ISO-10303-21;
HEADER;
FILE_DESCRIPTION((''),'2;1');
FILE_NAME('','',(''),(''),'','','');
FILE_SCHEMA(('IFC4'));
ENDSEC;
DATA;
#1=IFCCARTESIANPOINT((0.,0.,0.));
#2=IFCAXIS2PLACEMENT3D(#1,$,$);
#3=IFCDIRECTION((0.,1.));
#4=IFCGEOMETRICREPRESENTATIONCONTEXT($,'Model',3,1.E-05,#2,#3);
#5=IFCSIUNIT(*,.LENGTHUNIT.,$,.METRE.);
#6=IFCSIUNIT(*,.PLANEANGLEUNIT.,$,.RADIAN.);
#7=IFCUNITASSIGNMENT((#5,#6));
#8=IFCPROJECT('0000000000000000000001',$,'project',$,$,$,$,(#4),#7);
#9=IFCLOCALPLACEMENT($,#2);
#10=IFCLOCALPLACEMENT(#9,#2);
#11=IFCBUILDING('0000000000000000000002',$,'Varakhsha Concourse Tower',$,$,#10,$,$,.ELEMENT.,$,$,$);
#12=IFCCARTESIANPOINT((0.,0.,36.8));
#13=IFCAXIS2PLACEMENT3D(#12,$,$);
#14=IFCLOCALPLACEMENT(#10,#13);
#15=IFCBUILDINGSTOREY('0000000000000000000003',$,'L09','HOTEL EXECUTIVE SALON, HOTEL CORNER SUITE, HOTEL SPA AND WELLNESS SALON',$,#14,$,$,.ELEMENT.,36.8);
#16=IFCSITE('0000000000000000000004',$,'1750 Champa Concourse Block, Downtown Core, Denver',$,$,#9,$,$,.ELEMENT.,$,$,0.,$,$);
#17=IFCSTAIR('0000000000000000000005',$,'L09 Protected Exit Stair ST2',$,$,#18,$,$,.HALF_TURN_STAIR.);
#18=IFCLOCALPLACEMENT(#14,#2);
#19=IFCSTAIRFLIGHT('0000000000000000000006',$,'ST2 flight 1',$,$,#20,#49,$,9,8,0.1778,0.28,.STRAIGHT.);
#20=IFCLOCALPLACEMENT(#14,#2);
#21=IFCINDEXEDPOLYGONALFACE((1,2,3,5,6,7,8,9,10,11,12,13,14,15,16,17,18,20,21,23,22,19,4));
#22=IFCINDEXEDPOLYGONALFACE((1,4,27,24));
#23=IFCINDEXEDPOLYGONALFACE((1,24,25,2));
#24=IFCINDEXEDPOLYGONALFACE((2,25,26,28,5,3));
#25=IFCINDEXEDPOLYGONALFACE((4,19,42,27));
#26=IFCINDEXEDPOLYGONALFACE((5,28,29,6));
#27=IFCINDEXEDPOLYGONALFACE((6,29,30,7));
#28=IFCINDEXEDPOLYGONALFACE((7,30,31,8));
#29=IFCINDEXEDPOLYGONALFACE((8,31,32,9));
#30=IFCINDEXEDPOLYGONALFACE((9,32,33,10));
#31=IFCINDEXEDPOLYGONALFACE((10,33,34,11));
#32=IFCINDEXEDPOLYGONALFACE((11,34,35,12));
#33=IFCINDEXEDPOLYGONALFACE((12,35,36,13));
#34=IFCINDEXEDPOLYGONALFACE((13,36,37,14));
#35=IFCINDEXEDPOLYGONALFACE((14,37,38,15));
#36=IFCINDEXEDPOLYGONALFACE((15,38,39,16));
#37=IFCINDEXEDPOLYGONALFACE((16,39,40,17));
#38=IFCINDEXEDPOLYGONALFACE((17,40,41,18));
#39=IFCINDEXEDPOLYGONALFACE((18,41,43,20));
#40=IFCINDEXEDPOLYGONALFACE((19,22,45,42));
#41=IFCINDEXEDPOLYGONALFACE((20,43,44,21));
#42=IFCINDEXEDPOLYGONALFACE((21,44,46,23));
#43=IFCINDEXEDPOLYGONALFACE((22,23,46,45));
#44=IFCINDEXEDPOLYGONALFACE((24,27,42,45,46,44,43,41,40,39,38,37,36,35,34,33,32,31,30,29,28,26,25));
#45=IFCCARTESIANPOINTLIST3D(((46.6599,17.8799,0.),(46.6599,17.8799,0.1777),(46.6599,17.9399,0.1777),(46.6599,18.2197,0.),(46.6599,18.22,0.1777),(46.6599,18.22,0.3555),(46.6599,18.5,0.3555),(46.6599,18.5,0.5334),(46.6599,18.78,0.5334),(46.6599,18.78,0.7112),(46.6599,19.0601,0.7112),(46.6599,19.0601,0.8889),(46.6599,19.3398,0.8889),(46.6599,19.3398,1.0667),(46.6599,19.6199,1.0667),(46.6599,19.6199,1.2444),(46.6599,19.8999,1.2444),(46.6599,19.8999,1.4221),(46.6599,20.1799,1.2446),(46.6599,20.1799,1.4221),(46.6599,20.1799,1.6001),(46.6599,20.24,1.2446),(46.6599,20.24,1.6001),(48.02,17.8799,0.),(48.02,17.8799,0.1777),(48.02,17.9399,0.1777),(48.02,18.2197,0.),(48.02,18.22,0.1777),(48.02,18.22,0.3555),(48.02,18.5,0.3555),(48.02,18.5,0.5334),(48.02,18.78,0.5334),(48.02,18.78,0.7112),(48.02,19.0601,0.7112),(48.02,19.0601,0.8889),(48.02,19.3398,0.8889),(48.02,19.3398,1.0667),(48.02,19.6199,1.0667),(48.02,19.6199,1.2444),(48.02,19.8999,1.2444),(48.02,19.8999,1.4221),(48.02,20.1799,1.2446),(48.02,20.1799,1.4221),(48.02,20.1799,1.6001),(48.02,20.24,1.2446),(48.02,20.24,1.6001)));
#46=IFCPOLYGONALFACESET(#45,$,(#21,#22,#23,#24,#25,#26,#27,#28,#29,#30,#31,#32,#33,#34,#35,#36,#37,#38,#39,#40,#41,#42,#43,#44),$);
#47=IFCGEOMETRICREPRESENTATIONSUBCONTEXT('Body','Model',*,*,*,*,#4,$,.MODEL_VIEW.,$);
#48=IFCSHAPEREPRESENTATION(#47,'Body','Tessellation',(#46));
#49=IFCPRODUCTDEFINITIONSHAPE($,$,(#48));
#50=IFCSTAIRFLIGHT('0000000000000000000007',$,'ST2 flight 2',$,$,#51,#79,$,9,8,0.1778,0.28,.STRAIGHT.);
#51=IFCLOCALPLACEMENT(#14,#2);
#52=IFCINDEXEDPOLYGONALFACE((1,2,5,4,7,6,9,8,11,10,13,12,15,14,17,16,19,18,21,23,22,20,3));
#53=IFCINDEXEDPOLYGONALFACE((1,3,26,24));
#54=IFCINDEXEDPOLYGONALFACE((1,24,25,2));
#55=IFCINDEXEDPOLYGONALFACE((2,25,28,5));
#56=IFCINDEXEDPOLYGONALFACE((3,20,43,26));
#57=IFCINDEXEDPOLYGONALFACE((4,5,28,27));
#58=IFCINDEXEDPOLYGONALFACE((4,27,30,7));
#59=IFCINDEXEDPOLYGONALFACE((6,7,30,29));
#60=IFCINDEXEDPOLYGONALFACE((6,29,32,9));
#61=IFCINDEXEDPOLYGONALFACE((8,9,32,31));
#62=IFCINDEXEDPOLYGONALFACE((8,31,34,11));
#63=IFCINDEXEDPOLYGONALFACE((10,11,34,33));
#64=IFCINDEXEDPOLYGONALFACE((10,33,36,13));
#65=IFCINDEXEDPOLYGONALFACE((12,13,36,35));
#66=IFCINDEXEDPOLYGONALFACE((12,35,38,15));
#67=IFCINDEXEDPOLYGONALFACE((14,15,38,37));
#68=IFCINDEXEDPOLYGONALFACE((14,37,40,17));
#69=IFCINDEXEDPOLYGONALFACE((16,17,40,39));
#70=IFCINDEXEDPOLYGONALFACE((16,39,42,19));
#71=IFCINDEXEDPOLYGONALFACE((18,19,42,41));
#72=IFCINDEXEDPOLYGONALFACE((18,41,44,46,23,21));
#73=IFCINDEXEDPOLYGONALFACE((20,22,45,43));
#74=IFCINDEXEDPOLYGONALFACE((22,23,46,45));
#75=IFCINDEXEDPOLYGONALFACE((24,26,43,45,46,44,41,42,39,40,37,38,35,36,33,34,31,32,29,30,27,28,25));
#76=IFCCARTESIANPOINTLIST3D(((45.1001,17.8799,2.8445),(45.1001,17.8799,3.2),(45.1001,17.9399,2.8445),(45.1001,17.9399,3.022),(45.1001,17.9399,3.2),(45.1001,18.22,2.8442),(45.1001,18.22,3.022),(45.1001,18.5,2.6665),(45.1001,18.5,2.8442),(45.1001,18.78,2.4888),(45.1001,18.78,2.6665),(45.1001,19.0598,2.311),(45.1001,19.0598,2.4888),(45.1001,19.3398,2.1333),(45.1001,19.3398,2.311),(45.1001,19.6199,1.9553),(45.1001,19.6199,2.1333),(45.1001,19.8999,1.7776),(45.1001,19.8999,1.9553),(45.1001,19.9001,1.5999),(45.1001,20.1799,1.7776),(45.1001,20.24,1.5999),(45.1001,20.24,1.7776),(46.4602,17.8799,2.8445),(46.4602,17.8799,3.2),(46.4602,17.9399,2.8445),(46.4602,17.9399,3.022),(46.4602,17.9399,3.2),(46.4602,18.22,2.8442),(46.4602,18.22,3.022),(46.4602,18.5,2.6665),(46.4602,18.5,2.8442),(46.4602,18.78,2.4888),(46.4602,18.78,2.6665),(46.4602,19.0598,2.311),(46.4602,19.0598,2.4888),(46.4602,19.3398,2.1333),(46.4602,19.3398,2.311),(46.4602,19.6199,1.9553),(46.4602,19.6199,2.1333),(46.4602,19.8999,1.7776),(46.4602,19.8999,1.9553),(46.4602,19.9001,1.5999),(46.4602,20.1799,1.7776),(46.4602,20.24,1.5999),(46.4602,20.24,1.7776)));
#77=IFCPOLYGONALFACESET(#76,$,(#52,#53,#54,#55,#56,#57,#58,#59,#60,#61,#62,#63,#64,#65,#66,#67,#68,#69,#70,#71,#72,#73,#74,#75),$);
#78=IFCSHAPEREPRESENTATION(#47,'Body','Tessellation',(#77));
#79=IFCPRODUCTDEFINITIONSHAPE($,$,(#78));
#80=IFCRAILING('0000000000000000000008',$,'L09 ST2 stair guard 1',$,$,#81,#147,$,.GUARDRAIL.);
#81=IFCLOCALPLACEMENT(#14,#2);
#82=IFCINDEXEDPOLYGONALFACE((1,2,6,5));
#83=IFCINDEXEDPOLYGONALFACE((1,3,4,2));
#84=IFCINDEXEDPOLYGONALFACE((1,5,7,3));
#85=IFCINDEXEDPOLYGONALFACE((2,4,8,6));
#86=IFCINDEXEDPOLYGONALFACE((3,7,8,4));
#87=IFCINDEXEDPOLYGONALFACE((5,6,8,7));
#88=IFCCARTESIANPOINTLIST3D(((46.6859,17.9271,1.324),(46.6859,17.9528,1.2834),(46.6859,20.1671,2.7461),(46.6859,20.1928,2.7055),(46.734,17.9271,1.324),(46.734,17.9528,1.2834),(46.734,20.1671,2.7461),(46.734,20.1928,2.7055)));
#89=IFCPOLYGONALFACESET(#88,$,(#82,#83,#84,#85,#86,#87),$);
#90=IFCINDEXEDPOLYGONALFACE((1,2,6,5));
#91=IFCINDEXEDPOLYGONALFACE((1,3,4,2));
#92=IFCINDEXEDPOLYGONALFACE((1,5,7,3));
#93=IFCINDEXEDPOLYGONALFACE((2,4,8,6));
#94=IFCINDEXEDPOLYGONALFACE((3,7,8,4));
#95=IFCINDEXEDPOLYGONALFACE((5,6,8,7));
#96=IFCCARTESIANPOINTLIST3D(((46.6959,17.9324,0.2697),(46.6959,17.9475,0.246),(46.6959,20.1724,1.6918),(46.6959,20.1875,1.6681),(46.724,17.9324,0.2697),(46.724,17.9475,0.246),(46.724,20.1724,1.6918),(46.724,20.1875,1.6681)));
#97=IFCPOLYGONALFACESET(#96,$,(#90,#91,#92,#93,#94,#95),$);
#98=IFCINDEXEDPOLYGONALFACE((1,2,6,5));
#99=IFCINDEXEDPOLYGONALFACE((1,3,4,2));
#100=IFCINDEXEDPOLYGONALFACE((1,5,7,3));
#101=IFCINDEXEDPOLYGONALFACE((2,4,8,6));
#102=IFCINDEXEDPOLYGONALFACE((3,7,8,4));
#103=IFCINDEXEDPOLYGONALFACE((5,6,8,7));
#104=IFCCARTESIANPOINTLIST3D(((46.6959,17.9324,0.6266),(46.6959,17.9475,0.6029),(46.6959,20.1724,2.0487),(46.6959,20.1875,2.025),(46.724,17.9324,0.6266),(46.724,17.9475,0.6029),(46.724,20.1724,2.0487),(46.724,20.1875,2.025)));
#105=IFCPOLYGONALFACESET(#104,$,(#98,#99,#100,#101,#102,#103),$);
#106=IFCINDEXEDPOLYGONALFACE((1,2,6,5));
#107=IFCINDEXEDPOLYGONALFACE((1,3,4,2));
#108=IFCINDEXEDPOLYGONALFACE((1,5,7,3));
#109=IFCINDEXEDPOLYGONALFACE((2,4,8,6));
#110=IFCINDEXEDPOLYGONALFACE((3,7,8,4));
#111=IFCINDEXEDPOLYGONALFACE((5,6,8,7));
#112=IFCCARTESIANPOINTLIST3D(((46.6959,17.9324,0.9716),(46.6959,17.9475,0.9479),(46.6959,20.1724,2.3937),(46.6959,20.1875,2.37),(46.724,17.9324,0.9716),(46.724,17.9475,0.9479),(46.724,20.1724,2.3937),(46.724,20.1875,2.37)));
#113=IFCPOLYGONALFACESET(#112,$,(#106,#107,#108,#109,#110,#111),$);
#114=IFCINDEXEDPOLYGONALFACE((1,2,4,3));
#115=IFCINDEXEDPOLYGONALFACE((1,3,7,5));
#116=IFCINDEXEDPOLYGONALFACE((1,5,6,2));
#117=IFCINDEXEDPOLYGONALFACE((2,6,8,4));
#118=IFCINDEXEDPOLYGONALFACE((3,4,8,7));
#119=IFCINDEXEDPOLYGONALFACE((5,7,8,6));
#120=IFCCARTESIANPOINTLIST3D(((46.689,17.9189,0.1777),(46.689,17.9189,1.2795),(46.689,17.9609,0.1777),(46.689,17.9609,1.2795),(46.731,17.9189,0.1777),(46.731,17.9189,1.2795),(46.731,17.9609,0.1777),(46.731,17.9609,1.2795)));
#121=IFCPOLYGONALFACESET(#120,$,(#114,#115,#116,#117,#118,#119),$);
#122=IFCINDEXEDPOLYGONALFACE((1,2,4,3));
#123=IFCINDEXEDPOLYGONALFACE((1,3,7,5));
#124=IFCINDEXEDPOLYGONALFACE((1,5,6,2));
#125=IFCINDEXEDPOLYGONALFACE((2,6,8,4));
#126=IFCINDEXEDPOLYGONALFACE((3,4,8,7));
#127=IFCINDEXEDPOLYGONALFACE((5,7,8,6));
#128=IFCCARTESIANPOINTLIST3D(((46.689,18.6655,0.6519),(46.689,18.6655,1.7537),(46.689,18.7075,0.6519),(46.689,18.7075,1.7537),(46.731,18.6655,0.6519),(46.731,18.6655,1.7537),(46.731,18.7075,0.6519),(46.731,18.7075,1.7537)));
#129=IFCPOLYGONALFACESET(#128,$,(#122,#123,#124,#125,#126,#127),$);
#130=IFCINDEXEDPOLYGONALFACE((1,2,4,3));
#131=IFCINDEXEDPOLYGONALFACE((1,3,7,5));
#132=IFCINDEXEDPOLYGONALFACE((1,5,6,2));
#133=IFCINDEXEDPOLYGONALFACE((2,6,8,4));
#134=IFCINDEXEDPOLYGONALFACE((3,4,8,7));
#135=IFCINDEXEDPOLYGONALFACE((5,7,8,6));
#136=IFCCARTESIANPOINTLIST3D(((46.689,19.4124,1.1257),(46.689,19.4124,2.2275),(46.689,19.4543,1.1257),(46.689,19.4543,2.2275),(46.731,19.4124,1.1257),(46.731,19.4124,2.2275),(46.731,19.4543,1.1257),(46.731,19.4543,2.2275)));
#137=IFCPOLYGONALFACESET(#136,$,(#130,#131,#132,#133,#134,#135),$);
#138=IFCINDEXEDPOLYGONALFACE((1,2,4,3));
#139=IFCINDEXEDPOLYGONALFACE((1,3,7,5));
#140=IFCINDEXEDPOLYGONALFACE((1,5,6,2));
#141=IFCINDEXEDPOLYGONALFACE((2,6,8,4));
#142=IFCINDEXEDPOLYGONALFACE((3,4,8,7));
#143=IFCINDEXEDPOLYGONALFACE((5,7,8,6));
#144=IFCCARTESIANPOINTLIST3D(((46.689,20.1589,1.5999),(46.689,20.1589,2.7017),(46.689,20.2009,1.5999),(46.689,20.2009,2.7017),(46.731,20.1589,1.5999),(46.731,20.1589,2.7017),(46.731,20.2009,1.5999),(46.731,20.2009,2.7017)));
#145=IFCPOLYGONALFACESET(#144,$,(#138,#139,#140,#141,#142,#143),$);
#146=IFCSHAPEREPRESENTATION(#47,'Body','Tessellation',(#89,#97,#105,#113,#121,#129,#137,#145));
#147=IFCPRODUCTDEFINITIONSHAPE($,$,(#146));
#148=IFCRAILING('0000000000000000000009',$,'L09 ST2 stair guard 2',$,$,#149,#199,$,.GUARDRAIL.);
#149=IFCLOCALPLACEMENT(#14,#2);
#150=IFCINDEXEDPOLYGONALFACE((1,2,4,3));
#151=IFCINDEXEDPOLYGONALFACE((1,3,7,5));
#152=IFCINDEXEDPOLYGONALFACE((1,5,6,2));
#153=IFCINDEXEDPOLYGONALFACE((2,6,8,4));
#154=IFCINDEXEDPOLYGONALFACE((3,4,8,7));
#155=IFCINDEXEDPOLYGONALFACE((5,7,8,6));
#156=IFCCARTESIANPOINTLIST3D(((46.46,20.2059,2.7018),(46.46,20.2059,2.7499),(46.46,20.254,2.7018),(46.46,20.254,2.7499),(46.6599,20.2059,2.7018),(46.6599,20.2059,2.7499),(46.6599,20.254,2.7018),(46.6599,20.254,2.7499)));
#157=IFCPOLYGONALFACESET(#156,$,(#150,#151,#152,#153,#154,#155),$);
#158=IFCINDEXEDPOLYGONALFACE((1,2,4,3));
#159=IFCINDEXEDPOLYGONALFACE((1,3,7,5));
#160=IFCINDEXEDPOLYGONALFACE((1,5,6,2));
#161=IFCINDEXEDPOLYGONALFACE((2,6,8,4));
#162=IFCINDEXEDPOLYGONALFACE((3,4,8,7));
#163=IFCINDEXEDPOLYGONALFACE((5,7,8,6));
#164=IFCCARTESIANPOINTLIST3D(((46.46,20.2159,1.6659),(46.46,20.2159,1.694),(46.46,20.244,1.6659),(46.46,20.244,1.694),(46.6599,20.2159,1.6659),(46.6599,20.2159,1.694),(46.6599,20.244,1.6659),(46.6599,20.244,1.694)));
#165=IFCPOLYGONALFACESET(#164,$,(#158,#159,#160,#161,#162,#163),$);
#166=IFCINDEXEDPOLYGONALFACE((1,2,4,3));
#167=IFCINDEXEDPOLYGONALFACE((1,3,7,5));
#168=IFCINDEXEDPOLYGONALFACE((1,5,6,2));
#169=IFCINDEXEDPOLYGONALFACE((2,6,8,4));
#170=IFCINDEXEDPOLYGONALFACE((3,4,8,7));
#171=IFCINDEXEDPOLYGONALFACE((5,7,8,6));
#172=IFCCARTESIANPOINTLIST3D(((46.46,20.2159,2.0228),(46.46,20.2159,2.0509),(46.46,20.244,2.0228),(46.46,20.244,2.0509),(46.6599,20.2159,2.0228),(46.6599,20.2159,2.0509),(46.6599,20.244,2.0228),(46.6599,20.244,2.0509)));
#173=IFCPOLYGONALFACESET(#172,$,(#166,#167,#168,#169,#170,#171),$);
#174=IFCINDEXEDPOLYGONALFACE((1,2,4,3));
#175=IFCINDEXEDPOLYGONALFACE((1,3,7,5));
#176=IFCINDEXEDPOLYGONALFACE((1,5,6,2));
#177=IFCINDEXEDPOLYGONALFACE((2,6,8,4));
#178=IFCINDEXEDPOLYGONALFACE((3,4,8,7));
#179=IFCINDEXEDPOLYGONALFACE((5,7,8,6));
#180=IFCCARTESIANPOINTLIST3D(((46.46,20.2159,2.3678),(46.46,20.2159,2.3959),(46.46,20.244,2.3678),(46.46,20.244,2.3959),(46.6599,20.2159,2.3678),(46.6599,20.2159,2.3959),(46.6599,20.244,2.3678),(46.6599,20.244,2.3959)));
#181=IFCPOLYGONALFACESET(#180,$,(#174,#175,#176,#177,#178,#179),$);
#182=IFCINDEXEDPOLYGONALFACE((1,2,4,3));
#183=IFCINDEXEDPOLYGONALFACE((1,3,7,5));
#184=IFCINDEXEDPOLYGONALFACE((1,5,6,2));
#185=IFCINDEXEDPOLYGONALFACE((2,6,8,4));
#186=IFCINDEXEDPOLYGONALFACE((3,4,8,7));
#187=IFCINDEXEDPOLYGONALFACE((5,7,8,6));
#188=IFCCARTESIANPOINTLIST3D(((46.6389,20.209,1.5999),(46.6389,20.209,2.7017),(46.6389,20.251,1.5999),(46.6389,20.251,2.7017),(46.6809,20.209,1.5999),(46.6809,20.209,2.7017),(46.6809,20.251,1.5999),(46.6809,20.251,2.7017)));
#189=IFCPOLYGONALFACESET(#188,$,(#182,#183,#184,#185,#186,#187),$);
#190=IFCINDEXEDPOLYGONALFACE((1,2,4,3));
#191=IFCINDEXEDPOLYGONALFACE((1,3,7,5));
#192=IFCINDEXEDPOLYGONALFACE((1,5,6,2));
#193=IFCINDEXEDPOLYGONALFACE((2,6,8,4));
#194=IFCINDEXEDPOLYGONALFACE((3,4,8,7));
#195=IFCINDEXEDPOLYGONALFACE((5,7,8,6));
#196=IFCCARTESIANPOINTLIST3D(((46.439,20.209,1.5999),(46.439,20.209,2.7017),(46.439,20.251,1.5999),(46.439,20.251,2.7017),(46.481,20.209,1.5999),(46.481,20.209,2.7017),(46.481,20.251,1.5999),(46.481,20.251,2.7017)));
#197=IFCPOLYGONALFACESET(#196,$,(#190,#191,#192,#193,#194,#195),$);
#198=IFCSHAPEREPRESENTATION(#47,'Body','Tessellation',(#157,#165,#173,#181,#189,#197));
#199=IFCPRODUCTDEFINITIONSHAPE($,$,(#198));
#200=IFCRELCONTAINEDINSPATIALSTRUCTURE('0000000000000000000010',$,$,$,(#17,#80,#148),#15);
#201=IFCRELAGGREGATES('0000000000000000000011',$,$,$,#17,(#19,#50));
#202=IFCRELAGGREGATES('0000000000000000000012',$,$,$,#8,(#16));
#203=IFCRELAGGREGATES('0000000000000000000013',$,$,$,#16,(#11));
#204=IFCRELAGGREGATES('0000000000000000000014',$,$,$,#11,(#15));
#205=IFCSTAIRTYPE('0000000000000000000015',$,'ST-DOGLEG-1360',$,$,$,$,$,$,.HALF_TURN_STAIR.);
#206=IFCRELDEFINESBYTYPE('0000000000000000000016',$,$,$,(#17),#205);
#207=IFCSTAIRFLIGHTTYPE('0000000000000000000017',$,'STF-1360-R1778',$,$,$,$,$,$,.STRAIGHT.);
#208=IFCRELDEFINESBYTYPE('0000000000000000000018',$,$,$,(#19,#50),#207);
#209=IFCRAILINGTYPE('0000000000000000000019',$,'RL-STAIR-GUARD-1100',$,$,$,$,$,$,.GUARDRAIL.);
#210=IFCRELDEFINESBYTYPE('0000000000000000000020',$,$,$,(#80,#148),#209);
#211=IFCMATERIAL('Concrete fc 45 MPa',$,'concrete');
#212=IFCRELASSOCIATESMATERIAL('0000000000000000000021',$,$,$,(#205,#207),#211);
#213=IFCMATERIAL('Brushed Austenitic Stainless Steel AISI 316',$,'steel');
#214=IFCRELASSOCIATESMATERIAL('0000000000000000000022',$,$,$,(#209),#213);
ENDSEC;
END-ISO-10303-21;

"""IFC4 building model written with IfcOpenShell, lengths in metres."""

from ifc_helpers import new_model, si_unit, direction, frame, origin, origin_2d, place, context, subcontext, project, spatial, polyline, rectangle, outline, extrude, material, type_object, element, aggregate, save


model = new_model("IFC4")

# Units and contexts
model_context = context("Model", 3, precision=1e-05, world=origin(), true_north=direction((0.0, 1.0)))
body_context = subcontext(model_context, "Body", "Model", "MODEL_VIEW")
ifc_project = project(units=[si_unit("LENGTHUNIT", "METRE"), si_unit("PLANEANGLEUNIT", "RADIAN")], contexts=[model_context])

# Site, building, storey
site_placement = place(None, origin())
site = spatial("IfcSite", under=ifc_project, at=site_placement, Name="1750 Champa Concourse Block, Downtown Core, Denver", CompositionType="ELEMENT", RefElevation=0.0)
building_placement = place(site_placement, origin())
building = spatial("IfcBuilding", under=site, at=building_placement, Name="Varakhsha Concourse Tower", CompositionType="ELEMENT")
storey_placement = place(building_placement, frame((0.0, 0.0, 36.8)))
storey = spatial("IfcBuildingStorey", under=building, at=storey_placement, Name="L09", Description="HOTEL EXECUTIVE SALON, HOTEL CORNER SUITE, HOTEL SPA AND WELLNESS SALON", CompositionType="ELEMENT", Elevation=36.8)

# Shared definitions
ifc_material_1 = material(Name="Concrete fc 45 MPa", Category="concrete")

# Stair, stair flights
stair_type = type_object("IfcStairType", Name="ST-DOGLEG-1360", PredefinedType="HALF_TURN_STAIR", material=ifc_material_1)
stair_placement = place(storey_placement, origin())
stair = element("IfcStair", 1, at=stair_placement, inside=storey, type_object=stair_type, Name="L09 Protected Exit Stair ST2", PredefinedType="HALF_TURN_STAIR")
stair_flight_type = type_object("IfcStairFlightType", Name="STF-1360-R1778", PredefinedType="STRAIGHT", material=ifc_material_1)
stair_flight_1_placement = place(storey_placement, frame((47.3401, 17.9399, 0.0), z_axis=(0.0, 0.0, 1.0), x_axis=(0.0, 1.0, 0.0)))
stair_flight_1 = element("IfcStairFlight", 2, at=stair_flight_1_placement, type_object=stair_flight_type, Name="ST2 flight 1", NumberOfRisers=9, NumberOfTreads=8, PredefinedType="STRAIGHT", RiserHeight=0.1778, TreadLength=0.28, context=body_context, shape_type="SweptSolid", body=[
    extrude(outline(polyline([(-0.0601, 0.0), (-0.0601, 0.1777), (0.0, 0.1777), (0.28, 0.1777), (0.28, 0.3555), (0.5601, 0.3555), (0.5601, 0.5334), (0.8401, 0.5334), (0.8401, 0.7112), (1.1201, 0.7112), (1.1201, 0.8889), (1.3999, 0.8889), (1.3999, 1.0667), (1.6799, 1.0667), (1.6799, 1.2444), (1.96, 1.2444), (1.96, 1.4221), (2.24, 1.4221), (2.24, 1.6001), (2.3, 1.6001), (2.3, 1.2446), (2.24, 1.2446), (0.2798, 0.0), (-0.0601, 0.0)])), frame((0.0, 0.6802, 0.0), z_axis=(0.0, -1.0, 0.0), x_axis=(1.0, 0.0, 0.0)), (0.0, 0.0, 1.0), 1.3601),
])
stair_flight_2_placement = place(storey_placement, frame((45.78, 20.1799, 1.5999), z_axis=(0.0, 0.0, 1.0), x_axis=(0.0, -1.0, 0.0)))
stair_flight_2 = element("IfcStairFlight", 3, at=stair_flight_2_placement, type_object=stair_flight_type, Name="ST2 flight 2", NumberOfRisers=9, NumberOfTreads=8, PredefinedType="STRAIGHT", RiserHeight=0.1778, TreadLength=0.28, context=body_context, shape_type="SweptSolid", body=[
    extrude(outline(polyline([(-0.0601, 0.0), (-0.0601, 0.1777), (0.0, 0.1777), (0.28, 0.1777), (0.28, 0.3555), (0.5601, 0.3555), (0.5601, 0.5334), (0.8401, 0.5334), (0.8401, 0.7112), (1.1201, 0.7112), (1.1201, 0.8889), (1.3999, 0.8889), (1.3999, 1.0667), (1.6799, 1.0667), (1.6799, 1.2444), (1.96, 1.2444), (1.96, 1.4221), (2.24, 1.4221), (2.24, 1.6001), (2.3, 1.6001), (2.3, 1.2446), (2.24, 1.2446), (0.2798, 0.0), (-0.0601, 0.0)])), frame((0.0, 0.6802, 0.0), z_axis=(0.0, -1.0, 0.0), x_axis=(1.0, 0.0, 0.0)), (0.0, 0.0, 1.0), 1.3601),
])
aggregate(stair, [stair_flight_1, stair_flight_2])

# Railings
ifc_material_2 = material(Name="Brushed Austenitic Stainless Steel AISI 316", Category="steel")
railing_type_1 = type_object("IfcRailingType", Name="RL-STAIR-GUARD-1100", PredefinedType="GUARDRAIL", material=ifc_material_2)
railing_1_placement = place(storey_placement, frame((46.71, 17.9399, 0.1777)))
element("IfcRailing", 4, at=railing_1_placement, inside=storey, type_object=railing_type_1, Name="L09 ST2 stair guard 1", PredefinedType="GUARDRAIL", context=body_context, shape_type="SweptSolid", body=[
    extrude(rectangle(XDim=0.0481, YDim=0.0481, at=origin_2d()), frame((0.0, 0.0, 1.126), z_axis=(0.0, 0.844229, 0.535982), x_axis=(-1.0, 0.0, 0.0)), (0.0, 0.0, 1.0), 2.6533),
    extrude(rectangle(XDim=0.0281, YDim=0.0281, at=origin_2d()), frame((0.0, 0.0, 0.0801), z_axis=(0.0, 0.844229, 0.535982), x_axis=(-1.0, 0.0, 0.0)), (0.0, 0.0, 1.0), 2.6533),
    extrude(rectangle(XDim=0.0281, YDim=0.0281, at=origin_2d()), frame((0.0, 0.0, 0.437), z_axis=(0.0, 0.844229, 0.535982), x_axis=(-1.0, 0.0, 0.0)), (0.0, 0.0, 1.0), 2.6533),
    extrude(rectangle(XDim=0.0281, YDim=0.0281, at=origin_2d()), frame((0.0, 0.0, 0.782), z_axis=(0.0, 0.844229, 0.535982), x_axis=(-1.0, 0.0, 0.0)), (0.0, 0.0, 1.0), 2.6533),
    extrude(rectangle(XDim=0.042, YDim=0.042, at=origin_2d()), origin(), (0.0, 0.0, 1.0), 1.1018),
    extrude(rectangle(XDim=0.042, YDim=0.042, at=origin_2d()), frame((0.0, 0.7466, 0.4741)), (0.0, 0.0, 1.0), 1.1018),
    extrude(rectangle(XDim=0.042, YDim=0.042, at=origin_2d()), frame((0.0, 1.4934, 0.948)), (0.0, 0.0, 1.0), 1.1018),
    extrude(rectangle(XDim=0.042, YDim=0.042, at=origin_2d()), frame((0.0, 2.24, 1.4221)), (0.0, 0.0, 1.0), 1.1018),
])
railing_2_placement = place(storey_placement, frame((46.6599, 20.23, 1.5999)))
element("IfcRailing", 5, at=railing_2_placement, inside=storey, type_object=railing_type_1, Name="L09 ST2 stair guard 2", PredefinedType="GUARDRAIL", context=body_context, shape_type="SweptSolid", body=[
    extrude(rectangle(XDim=0.0481, YDim=0.0481, at=origin_2d()), frame((0.0, 0.0, 1.126), z_axis=(-1.0, 0.0, 0.0), x_axis=(0.0, -1.0, 0.0)), (0.0, 0.0, 1.0), 0.2),
    extrude(rectangle(XDim=0.0281, YDim=0.0281, at=origin_2d()), frame((0.0, 0.0, 0.0801), z_axis=(-1.0, 0.0, 0.0), x_axis=(0.0, -1.0, 0.0)), (0.0, 0.0, 1.0), 0.2),
    extrude(rectangle(XDim=0.0281, YDim=0.0281, at=origin_2d()), frame((0.0, 0.0, 0.437), z_axis=(-1.0, 0.0, 0.0), x_axis=(0.0, -1.0, 0.0)), (0.0, 0.0, 1.0), 0.2),
    extrude(rectangle(XDim=0.0281, YDim=0.0281, at=origin_2d()), frame((0.0, 0.0, 0.782), z_axis=(-1.0, 0.0, 0.0), x_axis=(0.0, -1.0, 0.0)), (0.0, 0.0, 1.0), 0.2),
    extrude(rectangle(XDim=0.042, YDim=0.042, at=origin_2d()), origin(), (0.0, 0.0, 1.0), 1.1018),
    extrude(rectangle(XDim=0.042, YDim=0.042, at=origin_2d()), frame((-0.2, 0.0, 0.0)), (0.0, 0.0, 1.0), 1.1018),
])

save(model, "model.ifc")
